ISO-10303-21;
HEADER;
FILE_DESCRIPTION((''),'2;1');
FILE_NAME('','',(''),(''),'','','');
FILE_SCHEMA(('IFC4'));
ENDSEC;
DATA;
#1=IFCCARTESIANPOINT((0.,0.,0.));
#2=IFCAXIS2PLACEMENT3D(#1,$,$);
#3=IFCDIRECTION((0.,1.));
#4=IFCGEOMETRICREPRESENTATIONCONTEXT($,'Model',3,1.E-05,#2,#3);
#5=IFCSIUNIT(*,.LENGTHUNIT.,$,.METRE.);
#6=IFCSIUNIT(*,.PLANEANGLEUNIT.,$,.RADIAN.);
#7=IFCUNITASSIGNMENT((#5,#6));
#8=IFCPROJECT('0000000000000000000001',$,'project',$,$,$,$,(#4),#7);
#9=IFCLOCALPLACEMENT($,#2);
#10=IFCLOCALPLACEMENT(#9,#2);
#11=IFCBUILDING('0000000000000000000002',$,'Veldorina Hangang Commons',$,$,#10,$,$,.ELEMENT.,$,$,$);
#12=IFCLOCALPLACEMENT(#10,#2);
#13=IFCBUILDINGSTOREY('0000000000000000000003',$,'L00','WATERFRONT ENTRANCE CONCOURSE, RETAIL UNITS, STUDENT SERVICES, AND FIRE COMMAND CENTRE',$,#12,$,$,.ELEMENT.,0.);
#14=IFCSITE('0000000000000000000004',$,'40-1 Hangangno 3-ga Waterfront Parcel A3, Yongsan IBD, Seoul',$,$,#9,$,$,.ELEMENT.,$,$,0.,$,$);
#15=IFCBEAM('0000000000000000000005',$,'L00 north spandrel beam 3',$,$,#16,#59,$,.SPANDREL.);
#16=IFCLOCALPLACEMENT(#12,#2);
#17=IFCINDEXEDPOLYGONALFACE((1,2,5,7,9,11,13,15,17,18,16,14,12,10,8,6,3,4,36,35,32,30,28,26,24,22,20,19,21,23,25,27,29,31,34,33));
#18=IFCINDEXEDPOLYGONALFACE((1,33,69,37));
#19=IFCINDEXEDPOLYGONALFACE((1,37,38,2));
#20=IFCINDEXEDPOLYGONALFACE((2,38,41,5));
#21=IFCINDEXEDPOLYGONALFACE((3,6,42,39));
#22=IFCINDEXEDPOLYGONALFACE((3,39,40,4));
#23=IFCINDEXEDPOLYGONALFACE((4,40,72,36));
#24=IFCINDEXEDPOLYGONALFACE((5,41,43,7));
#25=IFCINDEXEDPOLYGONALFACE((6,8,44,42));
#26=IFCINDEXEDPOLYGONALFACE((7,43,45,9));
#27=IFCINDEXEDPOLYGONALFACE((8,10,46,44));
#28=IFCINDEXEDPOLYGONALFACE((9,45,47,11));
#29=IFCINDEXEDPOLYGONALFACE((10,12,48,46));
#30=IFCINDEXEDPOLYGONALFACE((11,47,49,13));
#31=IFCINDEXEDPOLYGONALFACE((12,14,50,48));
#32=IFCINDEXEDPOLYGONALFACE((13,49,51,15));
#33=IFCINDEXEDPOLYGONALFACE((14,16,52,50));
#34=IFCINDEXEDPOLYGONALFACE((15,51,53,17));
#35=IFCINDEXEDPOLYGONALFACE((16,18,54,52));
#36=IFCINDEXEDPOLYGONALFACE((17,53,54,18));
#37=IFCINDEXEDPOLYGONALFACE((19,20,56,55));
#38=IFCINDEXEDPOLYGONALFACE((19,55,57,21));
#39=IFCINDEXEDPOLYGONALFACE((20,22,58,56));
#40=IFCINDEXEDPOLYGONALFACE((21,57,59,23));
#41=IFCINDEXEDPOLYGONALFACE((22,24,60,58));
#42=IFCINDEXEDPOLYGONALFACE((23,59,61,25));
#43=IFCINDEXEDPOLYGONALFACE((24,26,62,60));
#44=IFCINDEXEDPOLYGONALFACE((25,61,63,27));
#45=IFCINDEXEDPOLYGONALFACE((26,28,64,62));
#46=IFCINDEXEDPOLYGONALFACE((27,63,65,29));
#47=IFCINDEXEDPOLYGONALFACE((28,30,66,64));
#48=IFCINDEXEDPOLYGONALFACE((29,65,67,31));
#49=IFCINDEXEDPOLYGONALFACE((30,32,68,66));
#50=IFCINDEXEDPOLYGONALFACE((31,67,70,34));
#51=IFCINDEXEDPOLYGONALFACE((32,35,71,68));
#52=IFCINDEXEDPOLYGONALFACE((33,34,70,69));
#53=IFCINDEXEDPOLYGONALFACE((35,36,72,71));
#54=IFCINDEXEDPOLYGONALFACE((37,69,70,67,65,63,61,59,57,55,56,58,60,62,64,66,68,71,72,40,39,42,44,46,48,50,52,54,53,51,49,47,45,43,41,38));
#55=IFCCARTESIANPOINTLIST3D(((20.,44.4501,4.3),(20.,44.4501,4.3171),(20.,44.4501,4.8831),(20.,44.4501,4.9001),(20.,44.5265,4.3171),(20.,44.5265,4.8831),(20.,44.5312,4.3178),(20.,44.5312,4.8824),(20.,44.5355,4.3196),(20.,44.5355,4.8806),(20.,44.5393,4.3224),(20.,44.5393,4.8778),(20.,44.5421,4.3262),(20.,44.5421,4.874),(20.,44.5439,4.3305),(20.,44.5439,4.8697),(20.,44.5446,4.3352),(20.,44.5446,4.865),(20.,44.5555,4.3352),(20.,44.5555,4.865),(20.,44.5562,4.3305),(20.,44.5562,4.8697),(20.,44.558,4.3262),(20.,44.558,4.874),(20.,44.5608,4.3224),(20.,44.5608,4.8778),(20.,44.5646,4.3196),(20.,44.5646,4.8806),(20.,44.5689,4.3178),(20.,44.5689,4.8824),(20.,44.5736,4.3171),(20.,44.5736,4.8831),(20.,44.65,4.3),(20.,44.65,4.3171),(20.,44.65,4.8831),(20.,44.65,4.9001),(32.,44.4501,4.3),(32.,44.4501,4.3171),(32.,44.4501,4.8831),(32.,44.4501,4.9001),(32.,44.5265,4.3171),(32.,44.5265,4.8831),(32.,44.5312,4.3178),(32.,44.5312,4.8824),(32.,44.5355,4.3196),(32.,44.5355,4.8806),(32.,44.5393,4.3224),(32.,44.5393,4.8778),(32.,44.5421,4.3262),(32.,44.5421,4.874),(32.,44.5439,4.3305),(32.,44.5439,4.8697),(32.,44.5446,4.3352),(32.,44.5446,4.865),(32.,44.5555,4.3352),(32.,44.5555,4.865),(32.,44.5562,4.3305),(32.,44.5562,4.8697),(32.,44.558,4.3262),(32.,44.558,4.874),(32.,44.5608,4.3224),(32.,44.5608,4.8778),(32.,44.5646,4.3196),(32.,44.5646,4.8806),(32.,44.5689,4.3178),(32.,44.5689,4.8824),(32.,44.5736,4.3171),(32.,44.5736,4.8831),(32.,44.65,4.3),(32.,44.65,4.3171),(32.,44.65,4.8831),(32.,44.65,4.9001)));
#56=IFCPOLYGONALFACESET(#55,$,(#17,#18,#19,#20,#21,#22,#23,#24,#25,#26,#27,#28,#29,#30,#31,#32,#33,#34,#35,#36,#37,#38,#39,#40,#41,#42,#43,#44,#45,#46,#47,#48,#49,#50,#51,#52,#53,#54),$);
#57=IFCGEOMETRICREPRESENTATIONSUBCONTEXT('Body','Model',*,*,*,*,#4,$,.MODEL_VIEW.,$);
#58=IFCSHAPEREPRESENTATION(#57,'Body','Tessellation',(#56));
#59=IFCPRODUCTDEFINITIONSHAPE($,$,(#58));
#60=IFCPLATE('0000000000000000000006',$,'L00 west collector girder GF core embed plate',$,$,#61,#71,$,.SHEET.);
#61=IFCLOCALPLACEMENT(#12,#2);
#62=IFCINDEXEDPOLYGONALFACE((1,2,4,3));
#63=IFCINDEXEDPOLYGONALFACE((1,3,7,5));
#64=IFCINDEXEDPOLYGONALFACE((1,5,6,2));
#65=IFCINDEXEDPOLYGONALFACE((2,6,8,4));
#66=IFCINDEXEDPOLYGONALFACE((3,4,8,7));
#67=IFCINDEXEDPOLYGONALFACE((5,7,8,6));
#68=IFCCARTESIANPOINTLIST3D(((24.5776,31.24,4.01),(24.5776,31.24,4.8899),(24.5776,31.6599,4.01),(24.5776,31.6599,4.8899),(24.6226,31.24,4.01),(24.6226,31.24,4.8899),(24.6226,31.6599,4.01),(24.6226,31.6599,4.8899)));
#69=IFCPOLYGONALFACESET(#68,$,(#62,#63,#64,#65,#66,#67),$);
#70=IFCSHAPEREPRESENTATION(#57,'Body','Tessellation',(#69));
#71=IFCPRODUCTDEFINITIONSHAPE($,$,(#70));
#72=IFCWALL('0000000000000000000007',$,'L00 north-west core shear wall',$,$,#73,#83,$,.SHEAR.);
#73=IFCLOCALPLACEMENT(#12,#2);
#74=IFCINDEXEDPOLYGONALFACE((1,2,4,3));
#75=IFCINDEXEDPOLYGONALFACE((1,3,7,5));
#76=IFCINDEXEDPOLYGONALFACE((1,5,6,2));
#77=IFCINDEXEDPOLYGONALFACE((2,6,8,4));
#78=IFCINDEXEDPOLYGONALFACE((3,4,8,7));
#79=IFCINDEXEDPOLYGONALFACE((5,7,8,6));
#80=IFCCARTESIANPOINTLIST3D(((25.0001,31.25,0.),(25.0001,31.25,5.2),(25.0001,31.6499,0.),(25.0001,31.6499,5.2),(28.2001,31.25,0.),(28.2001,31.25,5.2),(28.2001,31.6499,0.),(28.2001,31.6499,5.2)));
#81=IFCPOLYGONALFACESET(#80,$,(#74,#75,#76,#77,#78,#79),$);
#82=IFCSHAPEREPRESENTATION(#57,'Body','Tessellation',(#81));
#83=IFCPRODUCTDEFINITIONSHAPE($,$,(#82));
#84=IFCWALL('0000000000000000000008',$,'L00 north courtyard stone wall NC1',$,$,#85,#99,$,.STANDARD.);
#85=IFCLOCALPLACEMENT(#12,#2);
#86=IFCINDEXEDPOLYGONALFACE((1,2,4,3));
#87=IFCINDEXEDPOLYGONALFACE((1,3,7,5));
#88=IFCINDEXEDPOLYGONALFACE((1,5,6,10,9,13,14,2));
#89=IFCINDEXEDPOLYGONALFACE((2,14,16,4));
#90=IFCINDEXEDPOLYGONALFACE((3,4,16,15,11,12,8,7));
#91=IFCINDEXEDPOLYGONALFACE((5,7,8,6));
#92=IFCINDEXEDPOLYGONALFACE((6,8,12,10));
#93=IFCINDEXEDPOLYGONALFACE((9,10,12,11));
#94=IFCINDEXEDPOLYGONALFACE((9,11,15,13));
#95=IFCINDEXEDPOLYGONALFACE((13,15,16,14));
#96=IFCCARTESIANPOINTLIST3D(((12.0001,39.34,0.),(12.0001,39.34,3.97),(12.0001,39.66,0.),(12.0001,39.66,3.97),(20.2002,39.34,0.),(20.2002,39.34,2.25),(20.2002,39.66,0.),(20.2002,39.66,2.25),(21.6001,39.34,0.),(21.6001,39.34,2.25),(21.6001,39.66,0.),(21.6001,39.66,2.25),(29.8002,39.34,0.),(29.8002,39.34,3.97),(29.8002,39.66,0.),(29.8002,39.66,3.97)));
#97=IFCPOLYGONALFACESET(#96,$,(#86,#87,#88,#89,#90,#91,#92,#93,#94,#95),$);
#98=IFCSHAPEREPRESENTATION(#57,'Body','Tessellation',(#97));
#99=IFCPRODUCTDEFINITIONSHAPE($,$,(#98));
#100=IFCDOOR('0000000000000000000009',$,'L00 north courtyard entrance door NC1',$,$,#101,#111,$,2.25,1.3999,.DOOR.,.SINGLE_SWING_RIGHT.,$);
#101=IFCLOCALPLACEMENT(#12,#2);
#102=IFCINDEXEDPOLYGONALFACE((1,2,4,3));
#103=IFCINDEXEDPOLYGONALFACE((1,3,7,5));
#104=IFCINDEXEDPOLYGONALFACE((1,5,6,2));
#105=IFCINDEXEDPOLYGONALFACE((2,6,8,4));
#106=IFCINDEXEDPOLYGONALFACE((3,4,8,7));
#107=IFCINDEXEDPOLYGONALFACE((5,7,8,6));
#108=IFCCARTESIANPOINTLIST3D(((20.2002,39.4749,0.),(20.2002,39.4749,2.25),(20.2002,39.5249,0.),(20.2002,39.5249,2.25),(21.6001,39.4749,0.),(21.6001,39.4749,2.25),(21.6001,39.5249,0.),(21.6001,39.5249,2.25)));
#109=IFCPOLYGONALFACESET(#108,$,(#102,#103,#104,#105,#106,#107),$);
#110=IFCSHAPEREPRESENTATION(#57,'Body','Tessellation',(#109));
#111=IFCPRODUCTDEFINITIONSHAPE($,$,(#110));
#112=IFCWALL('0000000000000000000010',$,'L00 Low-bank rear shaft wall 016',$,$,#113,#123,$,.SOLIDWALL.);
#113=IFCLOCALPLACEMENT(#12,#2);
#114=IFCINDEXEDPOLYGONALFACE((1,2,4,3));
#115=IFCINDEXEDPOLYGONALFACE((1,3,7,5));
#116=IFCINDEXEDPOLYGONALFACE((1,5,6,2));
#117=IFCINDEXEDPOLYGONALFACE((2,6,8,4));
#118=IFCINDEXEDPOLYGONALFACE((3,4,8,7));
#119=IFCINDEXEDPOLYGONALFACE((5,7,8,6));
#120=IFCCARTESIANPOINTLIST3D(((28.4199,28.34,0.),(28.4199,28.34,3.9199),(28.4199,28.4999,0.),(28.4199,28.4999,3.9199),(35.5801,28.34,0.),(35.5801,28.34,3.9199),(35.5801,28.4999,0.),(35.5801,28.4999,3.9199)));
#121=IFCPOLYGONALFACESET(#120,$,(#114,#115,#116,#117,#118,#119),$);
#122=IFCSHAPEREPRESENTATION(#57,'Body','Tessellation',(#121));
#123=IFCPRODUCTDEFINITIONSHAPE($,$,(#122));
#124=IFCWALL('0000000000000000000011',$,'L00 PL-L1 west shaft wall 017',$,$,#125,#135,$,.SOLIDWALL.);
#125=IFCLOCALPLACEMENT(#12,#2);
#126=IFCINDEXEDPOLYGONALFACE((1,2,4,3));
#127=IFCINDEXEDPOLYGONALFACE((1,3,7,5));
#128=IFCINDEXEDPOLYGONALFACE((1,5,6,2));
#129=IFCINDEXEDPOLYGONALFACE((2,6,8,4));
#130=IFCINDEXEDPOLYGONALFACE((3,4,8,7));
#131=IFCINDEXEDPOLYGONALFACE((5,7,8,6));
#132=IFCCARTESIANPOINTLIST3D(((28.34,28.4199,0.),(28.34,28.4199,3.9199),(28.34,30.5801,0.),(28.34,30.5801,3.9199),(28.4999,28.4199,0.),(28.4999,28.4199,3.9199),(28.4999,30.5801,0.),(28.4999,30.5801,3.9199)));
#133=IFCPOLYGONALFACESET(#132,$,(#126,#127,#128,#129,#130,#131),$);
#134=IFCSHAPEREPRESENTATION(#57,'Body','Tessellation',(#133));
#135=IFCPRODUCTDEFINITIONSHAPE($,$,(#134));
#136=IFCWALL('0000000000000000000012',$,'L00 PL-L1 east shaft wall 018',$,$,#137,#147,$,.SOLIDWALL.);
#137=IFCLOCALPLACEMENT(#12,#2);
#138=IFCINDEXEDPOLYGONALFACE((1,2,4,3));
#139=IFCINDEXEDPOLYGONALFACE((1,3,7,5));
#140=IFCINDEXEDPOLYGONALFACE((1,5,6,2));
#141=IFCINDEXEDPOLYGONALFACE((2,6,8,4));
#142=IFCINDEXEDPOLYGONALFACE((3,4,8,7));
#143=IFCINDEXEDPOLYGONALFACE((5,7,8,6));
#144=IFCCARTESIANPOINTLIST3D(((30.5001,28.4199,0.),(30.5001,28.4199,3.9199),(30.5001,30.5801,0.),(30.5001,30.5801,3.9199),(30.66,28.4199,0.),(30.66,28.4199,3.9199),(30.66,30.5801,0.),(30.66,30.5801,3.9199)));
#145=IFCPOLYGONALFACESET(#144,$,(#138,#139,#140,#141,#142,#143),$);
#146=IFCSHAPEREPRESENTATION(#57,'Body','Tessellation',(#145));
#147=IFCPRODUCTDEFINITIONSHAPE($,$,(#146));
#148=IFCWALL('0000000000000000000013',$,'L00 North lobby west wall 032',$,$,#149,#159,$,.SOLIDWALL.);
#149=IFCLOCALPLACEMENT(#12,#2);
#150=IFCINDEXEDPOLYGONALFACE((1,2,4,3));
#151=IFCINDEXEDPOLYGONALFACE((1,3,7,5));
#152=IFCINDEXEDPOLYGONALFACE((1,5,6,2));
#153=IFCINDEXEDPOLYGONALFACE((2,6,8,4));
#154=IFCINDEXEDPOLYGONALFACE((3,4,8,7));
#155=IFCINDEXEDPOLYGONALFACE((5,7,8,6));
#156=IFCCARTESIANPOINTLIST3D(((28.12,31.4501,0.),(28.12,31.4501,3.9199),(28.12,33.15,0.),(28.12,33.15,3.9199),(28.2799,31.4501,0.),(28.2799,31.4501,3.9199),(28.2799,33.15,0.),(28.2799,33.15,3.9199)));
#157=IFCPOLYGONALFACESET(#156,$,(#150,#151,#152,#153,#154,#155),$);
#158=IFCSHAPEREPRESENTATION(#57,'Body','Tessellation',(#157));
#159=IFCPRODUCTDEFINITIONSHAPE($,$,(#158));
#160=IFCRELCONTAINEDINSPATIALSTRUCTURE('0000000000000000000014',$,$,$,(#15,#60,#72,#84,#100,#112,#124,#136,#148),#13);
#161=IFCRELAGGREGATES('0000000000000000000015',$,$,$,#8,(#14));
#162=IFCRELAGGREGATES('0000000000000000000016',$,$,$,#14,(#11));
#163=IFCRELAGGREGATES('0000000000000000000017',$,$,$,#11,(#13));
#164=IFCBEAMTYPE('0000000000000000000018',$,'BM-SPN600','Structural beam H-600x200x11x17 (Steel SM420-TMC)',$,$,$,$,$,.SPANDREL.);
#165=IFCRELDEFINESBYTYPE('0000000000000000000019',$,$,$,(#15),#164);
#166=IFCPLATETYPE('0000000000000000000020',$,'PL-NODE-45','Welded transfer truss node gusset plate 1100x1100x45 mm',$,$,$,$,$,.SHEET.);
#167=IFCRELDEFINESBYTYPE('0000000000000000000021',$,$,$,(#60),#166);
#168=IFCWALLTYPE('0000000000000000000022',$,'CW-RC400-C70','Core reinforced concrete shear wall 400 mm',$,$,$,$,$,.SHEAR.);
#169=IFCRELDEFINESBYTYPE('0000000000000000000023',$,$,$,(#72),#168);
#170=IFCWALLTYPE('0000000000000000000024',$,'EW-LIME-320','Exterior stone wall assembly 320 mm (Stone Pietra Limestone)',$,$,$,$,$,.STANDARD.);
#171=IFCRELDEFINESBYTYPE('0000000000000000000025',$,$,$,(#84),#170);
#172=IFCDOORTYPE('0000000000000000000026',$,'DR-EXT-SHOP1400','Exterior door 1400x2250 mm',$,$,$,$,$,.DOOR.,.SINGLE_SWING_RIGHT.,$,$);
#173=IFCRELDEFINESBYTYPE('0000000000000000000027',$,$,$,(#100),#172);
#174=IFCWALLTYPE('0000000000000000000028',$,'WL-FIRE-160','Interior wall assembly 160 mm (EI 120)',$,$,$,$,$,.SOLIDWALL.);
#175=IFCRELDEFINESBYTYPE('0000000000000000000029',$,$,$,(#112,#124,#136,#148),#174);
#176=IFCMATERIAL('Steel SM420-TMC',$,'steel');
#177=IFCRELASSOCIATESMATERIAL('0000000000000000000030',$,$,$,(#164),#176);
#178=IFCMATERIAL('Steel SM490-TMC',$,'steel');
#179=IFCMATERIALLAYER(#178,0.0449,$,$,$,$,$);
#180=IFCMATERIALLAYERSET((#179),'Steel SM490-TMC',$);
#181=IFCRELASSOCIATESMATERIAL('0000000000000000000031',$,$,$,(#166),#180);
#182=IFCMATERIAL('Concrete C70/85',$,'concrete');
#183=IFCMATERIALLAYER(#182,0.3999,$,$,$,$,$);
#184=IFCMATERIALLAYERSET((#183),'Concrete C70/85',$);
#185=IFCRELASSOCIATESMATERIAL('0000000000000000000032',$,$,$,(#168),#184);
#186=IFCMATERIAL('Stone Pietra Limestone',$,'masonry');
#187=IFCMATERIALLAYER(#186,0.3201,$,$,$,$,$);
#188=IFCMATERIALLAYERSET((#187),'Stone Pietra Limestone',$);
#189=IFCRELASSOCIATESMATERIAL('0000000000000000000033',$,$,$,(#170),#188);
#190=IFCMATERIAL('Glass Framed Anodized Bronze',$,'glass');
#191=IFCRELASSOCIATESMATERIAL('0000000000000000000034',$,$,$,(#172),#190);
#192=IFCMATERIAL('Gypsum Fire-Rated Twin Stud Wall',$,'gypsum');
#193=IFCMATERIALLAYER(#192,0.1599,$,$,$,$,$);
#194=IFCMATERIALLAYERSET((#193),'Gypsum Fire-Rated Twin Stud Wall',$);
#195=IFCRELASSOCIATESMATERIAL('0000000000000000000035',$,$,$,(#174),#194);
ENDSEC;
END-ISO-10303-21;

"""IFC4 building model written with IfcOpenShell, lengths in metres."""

from ifc_helpers import new_model, si_unit, direction, frame, frame_2d, origin, origin_2d, place, context, subcontext, project, spatial, rectangle, i_section, extrude, material, layer, layer_set, material_profile, profile_set, type_object, element, fill, save


model = new_model("IFC4")

# Units and contexts
model_context = context("Model", 3, precision=1e-05, world=origin(), true_north=direction((0.0, 1.0)))
body_context = subcontext(model_context, "Body", "Model", "MODEL_VIEW")
ifc_project = project(units=[si_unit("LENGTHUNIT", "METRE"), si_unit("PLANEANGLEUNIT", "RADIAN")], contexts=[model_context])

# Site, building, storey
site_placement = place(None, origin())
site = spatial("IfcSite", under=ifc_project, at=site_placement, Name="40-1 Hangangno 3-ga Waterfront Parcel A3, Yongsan IBD, Seoul", CompositionType="ELEMENT", RefElevation=0.0)
building_placement = place(site_placement, origin())
building = spatial("IfcBuilding", under=site, at=building_placement, Name="Veldorina Hangang Commons", CompositionType="ELEMENT")
storey_placement = place(building_placement, origin())
storey = spatial("IfcBuildingStorey", under=building, at=storey_placement, Name="L00", Description="WATERFRONT ENTRANCE CONCOURSE, RETAIL UNITS, STUDENT SERVICES, AND FIRE COMMAND CENTRE", CompositionType="ELEMENT", Elevation=0.0)

# Beam
ifc_material_1 = material(Name="Concrete C70/85", Category="concrete")
ifc_material_2 = material(Name="Steel SM420-TMC", Category="steel")
ifc_material_profile_1 = material_profile(ifc_material_2, i_section(OverallWidth=0.2, OverallDepth=0.6001, WebThickness=0.011, FlangeThickness=0.0171, FilletRadius=0.0181, at=origin_2d()), Name="H-600x200x11x17")
ifc_profile_set_1 = profile_set([ifc_material_profile_1], Name="Steel SM420-TMC")
beam_type_1 = type_object("IfcBeamType", Name="BM-SPN600", Description="Structural beam H-600x200x11x17 (Steel SM420-TMC)", PredefinedType="SPANDREL", material=ifc_profile_set_1)
beam_1_placement = place(storey_placement, frame((20.0, 44.55, 4.6001), z_axis=(1.0, 0.0, 0.0), x_axis=(0.0, 1.0, 0.0)))
element("IfcBeam", 1, at=beam_1_placement, inside=storey, type_object=beam_type_1, Name="L00 north spandrel beam 3", PredefinedType="SPANDREL", context=body_context, shape_type="SweptSolid", body=[
    extrude(i_section(OverallWidth=0.2, OverallDepth=0.6001, WebThickness=0.011, FlangeThickness=0.0171, FilletRadius=0.0181, at=origin_2d()), origin(), (0.0, 0.0, 1.0), 12.0),
])

# Plate
ifc_material_3 = material(Name="Steel SM490-TMC", Category="steel")
ifc_layer_1 = layer(ifc_material_3, 0.0449)
ifc_layer_set_1 = layer_set([ifc_layer_1], Name="Steel SM490-TMC")
plate_type = type_object("IfcPlateType", Name="PL-NODE-45", Description="Welded transfer truss node gusset plate 1100x1100x45 mm", PredefinedType="SHEET", material=ifc_layer_set_1)
plate_placement = place(storey_placement, frame((24.6001, 31.45, 4.01), z_axis=(0.0, 0.0, 1.0), x_axis=(1.0, 0.0, 0.0)))
element("IfcPlate", 2, at=plate_placement, inside=storey, type_object=plate_type, Name="L00 west collector girder GF core embed plate", PredefinedType="SHEET", context=body_context, shape_type="SweptSolid", body=[
    extrude(rectangle(XDim=0.0449, YDim=0.4199, at=origin_2d()), origin(), (0.0, 0.0, 1.0), 0.8799),
])

# Wall
ifc_layer_2 = layer(ifc_material_1, 0.3999)
ifc_layer_set_2 = layer_set([ifc_layer_2], Name="Concrete C70/85")
wall_type_1 = type_object("IfcWallType", Name="CW-RC400-C70", Description="Core reinforced concrete shear wall 400 mm", PredefinedType="SHEAR", material=ifc_layer_set_2)
wall_1_placement = place(storey_placement, frame((25.0, 31.45, 0.0), z_axis=(0.0, 0.0, 1.0), x_axis=(1.0, 0.0, 0.0)))
element("IfcWall", 3, at=wall_1_placement, inside=storey, type_object=wall_type_1, Name="L00 north-west core shear wall", PredefinedType="SHEAR", context=body_context, shape_type="SweptSolid", body=[
    extrude(rectangle(XDim=3.2, YDim=0.3999, at=frame_2d((1.6001, 0.0))), origin(), (0.0, 0.0, 1.0), 5.2),
])

# Wall, opening, door
ifc_material_4 = material(Name="Stone Pietra Limestone", Category="masonry")
ifc_layer_3 = layer(ifc_material_4, 0.3201)
ifc_layer_set_3 = layer_set([ifc_layer_3], Name="Stone Pietra Limestone")
wall_type_2 = type_object("IfcWallType", Name="EW-LIME-320", Description="Exterior stone wall assembly 320 mm (Stone Pietra Limestone)", PredefinedType="STANDARD", material=ifc_layer_set_3)
wall_2_placement = place(storey_placement, frame((29.8, 39.5, 0.0), z_axis=(0.0, 0.0, 1.0), x_axis=(-1.0, 0.0, 0.0)))
wall_2 = element("IfcWall", 4, at=wall_2_placement, inside=storey, type_object=wall_type_2, Name="L00 north courtyard stone wall NC1", PredefinedType="STANDARD", context=body_context, shape_type="SweptSolid", body=[
    extrude(rectangle(XDim=17.8, YDim=0.3201, at=frame_2d((8.8999, 0.0))), origin(), (0.0, 0.0, 1.0), 3.97),
])
opening_1_placement = place(wall_2_placement, frame((8.2, 0.0, 0.0)))
opening_1 = element("IfcOpeningElement", 5, at=opening_1_placement, cuts=wall_2, PredefinedType="OPENING", context=body_context, shape_type="SweptSolid", body=[
    extrude(rectangle(XDim=1.3999, YDim=2.25, at=frame_2d((0.7, 1.125))), frame((0.0, 0.1699, 0.0), z_axis=(0.0, -1.0, 0.0), x_axis=(1.0, 0.0, 0.0)), (0.0, 0.0, 1.0), 0.3401),
])
ifc_material_5 = material(Name="Glass Framed Anodized Bronze", Category="glass")
door_type_1 = type_object("IfcDoorType", Name="DR-EXT-SHOP1400", Description="Exterior door 1400x2250 mm", OperationType="SINGLE_SWING_RIGHT", PredefinedType="DOOR", material=ifc_material_5)
door_1_placement = place(opening_1_placement, frame((1.3999, 0.0, 0.0), z_axis=(0.0, 0.0, 1.0), x_axis=(-1.0, 0.0, 0.0)))
door_1 = element("IfcDoor", 6, at=door_1_placement, inside=storey, type_object=door_type_1, Name="L00 north courtyard entrance door NC1", OperationType="SINGLE_SWING_RIGHT", OverallHeight=2.25, OverallWidth=1.3999, PredefinedType="DOOR", context=body_context, shape_type="SweptSolid", body=[
    extrude(rectangle(XDim=1.3999, YDim=2.25, at=frame_2d((0.7, 1.125))), frame((0.0, 0.0249, 0.0), z_axis=(0.0, -1.0, 0.0), x_axis=(1.0, 0.0, 0.0)), (0.0, 0.0, 1.0), 0.05),
])
fill(opening_1, door_1)

# Shared definitions
ifc_material_6 = material(Name="Gypsum Fire-Rated Twin Stud Wall", Category="gypsum")
ifc_layer_4 = layer(ifc_material_6, 0.1599)
ifc_layer_set_4 = layer_set([ifc_layer_4], Name="Gypsum Fire-Rated Twin Stud Wall")
wall_type_3 = type_object("IfcWallType", Name="WL-FIRE-160", Description="Interior wall assembly 160 mm (EI 120)", PredefinedType="SOLIDWALL", material=ifc_layer_set_4)

# Walls
wall_3_placement = place(storey_placement, frame((28.4199, 28.4199, 0.0), z_axis=(0.0, 0.0, 1.0), x_axis=(1.0, 0.0, 0.0)))
element("IfcWall", 7, at=wall_3_placement, inside=storey, type_object=wall_type_3, Name="L00 Low-bank rear shaft wall 016", PredefinedType="SOLIDWALL", context=body_context, shape_type="SweptSolid", body=[
    extrude(rectangle(XDim=7.1602, YDim=0.1599, at=frame_2d((3.5801, 0.0))), origin(), (0.0, 0.0, 1.0), 3.9199),
])
for number, where, z_axis, x_axis, name in (
    (8, (28.4199, 28.4199, 0.0), (0.0, 0.0, 1.0), (0.0, 1.0, 0.0), "L00 PL-L1 west shaft wall 017"),
    (9, (30.5801, 28.4199, 0.0), (0.0, 0.0, 1.0), (0.0, 1.0, 0.0), "L00 PL-L1 east shaft wall 018"),
):
    element("IfcWall", number, at=place(storey_placement, frame(where, z_axis=z_axis, x_axis=x_axis)), inside=storey, type_object=wall_type_3, Name=name, PredefinedType="SOLIDWALL", context=body_context, shape_type="SweptSolid", body=[
        extrude(rectangle(XDim=2.1602, YDim=0.1599, at=frame_2d((1.0801, 0.0))), origin(), (0.0, 0.0, 1.0), 3.9199),
    ])
wall_4_placement = place(storey_placement, frame((28.2, 31.45, 0.0), z_axis=(0.0, 0.0, 1.0), x_axis=(0.0, 1.0, 0.0)))
element("IfcWall", 10, at=wall_4_placement, inside=storey, type_object=wall_type_3, Name="L00 North lobby west wall 032", PredefinedType="SOLIDWALL", context=body_context, shape_type="SweptSolid", body=[
    extrude(rectangle(XDim=1.7, YDim=0.1599, at=frame_2d((0.8501, 0.0))), origin(), (0.0, 0.0, 1.0), 3.9199),
])

save(model, "model.ifc")
